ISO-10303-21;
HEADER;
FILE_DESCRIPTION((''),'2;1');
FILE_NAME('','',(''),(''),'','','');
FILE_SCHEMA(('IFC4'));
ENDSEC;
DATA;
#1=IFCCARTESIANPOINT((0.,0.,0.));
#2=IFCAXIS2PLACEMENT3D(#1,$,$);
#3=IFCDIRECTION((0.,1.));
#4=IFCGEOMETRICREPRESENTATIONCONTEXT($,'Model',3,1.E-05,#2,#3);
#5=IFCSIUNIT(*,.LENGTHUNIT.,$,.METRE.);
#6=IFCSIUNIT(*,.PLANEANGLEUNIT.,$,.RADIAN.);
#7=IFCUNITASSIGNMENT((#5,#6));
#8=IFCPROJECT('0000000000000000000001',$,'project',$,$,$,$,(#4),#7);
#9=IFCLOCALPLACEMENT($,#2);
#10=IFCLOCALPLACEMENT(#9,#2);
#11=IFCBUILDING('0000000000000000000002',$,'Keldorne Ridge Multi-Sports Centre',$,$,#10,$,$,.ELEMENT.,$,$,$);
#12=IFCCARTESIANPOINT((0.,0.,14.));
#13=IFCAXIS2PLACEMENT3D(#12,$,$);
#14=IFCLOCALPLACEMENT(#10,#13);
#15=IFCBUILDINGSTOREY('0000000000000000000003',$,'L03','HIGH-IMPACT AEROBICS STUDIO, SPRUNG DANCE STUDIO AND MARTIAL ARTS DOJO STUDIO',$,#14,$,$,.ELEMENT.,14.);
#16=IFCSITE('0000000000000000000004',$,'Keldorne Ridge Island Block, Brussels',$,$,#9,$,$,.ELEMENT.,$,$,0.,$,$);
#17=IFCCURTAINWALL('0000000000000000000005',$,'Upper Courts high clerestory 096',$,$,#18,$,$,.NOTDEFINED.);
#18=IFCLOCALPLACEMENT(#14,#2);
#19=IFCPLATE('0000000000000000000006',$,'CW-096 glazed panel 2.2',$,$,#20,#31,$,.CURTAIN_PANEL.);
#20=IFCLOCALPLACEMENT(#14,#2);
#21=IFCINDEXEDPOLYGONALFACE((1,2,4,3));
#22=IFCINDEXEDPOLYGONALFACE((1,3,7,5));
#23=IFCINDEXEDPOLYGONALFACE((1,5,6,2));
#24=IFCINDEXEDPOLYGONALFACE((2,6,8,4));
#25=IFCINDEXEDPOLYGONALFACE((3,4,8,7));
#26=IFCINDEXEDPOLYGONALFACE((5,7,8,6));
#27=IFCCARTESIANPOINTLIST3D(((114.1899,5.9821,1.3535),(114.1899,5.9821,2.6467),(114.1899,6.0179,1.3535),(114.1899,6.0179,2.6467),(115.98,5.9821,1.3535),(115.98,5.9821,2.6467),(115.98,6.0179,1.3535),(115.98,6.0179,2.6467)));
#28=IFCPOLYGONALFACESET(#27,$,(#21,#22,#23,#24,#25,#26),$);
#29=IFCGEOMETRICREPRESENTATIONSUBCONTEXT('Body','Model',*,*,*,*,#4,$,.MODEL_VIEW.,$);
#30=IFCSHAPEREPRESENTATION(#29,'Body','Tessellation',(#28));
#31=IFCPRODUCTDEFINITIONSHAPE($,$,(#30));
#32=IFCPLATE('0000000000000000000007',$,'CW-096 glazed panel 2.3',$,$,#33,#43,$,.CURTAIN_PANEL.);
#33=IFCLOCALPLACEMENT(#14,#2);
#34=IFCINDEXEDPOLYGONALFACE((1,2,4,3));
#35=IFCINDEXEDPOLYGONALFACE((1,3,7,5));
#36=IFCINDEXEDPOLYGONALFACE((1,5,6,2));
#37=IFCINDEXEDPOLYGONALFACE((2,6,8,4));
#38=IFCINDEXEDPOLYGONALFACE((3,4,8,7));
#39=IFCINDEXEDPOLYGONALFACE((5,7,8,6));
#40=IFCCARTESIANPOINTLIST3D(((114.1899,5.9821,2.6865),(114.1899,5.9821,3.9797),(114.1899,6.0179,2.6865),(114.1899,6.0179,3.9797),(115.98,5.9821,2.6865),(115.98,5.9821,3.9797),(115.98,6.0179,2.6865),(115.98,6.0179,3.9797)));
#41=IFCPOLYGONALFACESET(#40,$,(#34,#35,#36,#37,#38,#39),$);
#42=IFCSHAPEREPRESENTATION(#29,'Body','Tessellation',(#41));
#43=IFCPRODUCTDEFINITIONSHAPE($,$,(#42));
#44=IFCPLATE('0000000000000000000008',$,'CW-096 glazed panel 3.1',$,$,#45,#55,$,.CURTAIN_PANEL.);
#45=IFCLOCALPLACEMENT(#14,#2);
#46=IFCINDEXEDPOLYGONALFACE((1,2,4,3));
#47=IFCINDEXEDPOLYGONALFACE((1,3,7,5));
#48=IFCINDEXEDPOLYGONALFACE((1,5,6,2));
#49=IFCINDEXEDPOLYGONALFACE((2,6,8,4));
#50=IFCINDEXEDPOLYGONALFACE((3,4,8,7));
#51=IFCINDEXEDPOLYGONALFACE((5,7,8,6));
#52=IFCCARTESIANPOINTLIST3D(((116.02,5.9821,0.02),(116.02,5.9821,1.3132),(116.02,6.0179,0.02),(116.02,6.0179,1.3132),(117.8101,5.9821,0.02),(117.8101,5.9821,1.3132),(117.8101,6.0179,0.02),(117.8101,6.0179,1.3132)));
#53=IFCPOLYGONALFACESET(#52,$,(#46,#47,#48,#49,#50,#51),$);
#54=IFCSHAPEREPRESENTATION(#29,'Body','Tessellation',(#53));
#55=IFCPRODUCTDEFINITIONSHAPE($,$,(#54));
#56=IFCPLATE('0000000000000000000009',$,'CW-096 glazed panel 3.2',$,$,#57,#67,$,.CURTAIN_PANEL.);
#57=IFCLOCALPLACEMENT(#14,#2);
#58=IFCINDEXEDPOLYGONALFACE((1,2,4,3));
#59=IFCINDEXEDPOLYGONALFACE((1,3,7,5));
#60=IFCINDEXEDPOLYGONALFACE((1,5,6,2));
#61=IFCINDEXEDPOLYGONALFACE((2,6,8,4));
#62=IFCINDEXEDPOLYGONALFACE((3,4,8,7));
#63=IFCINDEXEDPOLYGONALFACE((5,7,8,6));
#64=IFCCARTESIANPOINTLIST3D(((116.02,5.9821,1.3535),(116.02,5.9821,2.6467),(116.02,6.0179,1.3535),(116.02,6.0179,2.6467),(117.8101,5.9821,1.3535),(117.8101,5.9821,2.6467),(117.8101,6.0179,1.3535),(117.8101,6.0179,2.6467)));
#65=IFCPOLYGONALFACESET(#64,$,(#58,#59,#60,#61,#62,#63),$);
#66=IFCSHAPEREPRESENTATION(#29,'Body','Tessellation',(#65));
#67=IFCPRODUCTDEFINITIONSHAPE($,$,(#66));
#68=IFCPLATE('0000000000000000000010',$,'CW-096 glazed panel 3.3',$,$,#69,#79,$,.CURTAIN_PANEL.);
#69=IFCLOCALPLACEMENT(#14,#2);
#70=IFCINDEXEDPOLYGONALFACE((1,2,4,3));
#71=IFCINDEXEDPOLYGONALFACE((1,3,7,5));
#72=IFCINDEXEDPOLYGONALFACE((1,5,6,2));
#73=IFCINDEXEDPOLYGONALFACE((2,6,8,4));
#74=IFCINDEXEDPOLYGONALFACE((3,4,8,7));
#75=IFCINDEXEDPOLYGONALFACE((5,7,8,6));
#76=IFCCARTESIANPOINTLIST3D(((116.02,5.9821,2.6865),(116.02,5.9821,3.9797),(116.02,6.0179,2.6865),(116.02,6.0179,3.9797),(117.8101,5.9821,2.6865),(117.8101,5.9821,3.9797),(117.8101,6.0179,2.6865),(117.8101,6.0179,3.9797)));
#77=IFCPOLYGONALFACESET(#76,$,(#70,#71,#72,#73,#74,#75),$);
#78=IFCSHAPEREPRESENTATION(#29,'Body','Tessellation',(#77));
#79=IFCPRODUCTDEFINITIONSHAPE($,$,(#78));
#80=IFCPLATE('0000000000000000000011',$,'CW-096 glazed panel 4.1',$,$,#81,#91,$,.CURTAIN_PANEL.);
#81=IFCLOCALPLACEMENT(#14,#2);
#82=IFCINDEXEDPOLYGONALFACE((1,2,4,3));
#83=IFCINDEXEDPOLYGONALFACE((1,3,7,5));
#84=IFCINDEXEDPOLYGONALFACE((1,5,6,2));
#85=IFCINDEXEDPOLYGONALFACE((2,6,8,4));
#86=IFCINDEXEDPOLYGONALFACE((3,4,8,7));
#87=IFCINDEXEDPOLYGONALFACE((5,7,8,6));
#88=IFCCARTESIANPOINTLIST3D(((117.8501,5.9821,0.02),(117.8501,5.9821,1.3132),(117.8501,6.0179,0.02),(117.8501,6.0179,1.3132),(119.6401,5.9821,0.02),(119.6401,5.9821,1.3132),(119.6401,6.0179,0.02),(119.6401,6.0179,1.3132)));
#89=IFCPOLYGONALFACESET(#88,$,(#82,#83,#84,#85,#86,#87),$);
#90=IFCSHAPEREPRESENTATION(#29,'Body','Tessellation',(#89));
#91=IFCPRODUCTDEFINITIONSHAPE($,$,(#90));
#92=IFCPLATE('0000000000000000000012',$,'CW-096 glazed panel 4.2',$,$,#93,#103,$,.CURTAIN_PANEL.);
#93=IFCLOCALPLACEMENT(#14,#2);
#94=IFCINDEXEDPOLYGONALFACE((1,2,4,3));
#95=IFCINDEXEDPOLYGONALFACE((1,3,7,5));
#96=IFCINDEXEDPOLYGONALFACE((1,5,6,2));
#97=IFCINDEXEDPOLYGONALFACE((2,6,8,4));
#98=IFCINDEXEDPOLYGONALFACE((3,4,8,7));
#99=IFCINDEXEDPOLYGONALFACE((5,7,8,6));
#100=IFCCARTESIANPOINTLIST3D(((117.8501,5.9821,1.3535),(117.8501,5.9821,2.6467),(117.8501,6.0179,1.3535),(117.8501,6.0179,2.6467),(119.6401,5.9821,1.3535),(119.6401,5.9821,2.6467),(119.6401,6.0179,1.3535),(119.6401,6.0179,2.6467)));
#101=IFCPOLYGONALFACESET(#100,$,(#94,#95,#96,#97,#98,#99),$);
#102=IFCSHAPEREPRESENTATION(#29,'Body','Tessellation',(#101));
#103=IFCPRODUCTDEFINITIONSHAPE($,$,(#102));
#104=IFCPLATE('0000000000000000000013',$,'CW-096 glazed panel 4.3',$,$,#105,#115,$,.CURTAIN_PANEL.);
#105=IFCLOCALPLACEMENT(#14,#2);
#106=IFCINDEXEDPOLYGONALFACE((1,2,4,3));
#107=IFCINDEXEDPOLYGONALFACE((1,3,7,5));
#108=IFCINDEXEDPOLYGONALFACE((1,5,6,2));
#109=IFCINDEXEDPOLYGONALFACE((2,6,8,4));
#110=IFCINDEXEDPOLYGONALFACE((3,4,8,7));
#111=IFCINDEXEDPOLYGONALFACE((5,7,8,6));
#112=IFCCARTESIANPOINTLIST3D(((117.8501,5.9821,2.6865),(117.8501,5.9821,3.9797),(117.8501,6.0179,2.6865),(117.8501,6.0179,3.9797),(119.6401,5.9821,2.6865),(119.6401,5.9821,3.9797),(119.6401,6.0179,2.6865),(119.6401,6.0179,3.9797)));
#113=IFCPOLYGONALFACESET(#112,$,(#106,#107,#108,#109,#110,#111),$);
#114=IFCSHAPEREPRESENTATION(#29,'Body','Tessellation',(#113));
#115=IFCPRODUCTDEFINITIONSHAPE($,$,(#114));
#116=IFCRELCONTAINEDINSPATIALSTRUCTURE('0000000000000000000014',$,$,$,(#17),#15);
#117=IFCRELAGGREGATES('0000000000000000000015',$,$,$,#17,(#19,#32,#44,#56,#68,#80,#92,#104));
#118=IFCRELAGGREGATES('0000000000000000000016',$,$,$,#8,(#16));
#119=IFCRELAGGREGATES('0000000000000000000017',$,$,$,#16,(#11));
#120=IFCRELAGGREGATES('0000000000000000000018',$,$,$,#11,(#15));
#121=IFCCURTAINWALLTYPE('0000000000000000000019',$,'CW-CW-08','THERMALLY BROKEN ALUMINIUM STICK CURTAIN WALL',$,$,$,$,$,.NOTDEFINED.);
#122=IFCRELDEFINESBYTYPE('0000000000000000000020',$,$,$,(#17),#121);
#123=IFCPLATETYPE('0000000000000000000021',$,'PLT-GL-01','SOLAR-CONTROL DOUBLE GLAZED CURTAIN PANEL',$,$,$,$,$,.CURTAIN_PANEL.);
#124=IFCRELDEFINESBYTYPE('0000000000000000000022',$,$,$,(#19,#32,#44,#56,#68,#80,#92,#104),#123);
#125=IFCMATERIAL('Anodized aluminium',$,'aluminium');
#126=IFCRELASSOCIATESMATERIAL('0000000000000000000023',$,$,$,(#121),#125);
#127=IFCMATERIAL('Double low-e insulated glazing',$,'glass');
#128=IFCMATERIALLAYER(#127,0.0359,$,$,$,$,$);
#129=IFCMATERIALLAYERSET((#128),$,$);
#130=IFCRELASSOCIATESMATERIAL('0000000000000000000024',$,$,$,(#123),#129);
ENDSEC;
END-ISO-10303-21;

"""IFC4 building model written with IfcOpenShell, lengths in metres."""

from ifc_helpers import new_model, si_unit, direction, frame, origin, origin_2d, place, context, subcontext, project, spatial, rectangle, extrude, material, layer, layer_set, type_object, element, aggregate, save


model = new_model("IFC4")

# Units and contexts
model_context = context("Model", 3, precision=1e-05, world=origin(), true_north=direction((0.0, 1.0)))
body_context = subcontext(model_context, "Body", "Model", "MODEL_VIEW")
ifc_project = project(units=[si_unit("LENGTHUNIT", "METRE"), si_unit("PLANEANGLEUNIT", "RADIAN")], contexts=[model_context])

# Site, building, storey
site_placement = place(None, origin())
site = spatial("IfcSite", under=ifc_project, at=site_placement, Name="Keldorne Ridge Island Block, Brussels", CompositionType="ELEMENT", RefElevation=0.0)
building_placement = place(site_placement, origin())
building = spatial("IfcBuilding", under=site, at=building_placement, Name="Keldorne Ridge Multi-Sports Centre", CompositionType="ELEMENT")
storey_placement = place(building_placement, frame((0.0, 0.0, 14.0)))
storey = spatial("IfcBuildingStorey", under=building, at=storey_placement, Name="L03", Description="HIGH-IMPACT AEROBICS STUDIO, SPRUNG DANCE STUDIO AND MARTIAL ARTS DOJO STUDIO", CompositionType="ELEMENT", Elevation=14.0)

# Curtain wall
ifc_material_1 = material(Name="Anodized aluminium", Category="aluminium")
curtain_wall_type = type_object("IfcCurtainWallType", Name="CW-CW-08", Description="THERMALLY BROKEN ALUMINIUM STICK CURTAIN WALL", PredefinedType="NOTDEFINED", material=ifc_material_1)
curtain_wall_placement = place(storey_placement, origin())
curtain_wall = element("IfcCurtainWall", 1, at=curtain_wall_placement, inside=storey, type_object=curtain_wall_type, Name="Upper Courts high clerestory 096", PredefinedType="NOTDEFINED")

# Plates
ifc_material_2 = material(Name="Double low-e insulated glazing", Category="glass")
ifc_layer = layer(ifc_material_2, 0.0359)
ifc_layer_set = layer_set([ifc_layer])
plate_type = type_object("IfcPlateType", Name="PLT-GL-01", Description="SOLAR-CONTROL DOUBLE GLAZED CURTAIN PANEL", PredefinedType="CURTAIN_PANEL", material=ifc_layer_set)
plate_1_placement = place(storey_placement, frame((115.085, 6.0, 1.3535), z_axis=(0.0, 0.0, 1.0), x_axis=(1.0, 0.0, 0.0)))
plate_1 = element("IfcPlate", 2, at=plate_1_placement, type_object=plate_type, Name="CW-096 glazed panel 2.2", PredefinedType="CURTAIN_PANEL", context=body_context, shape_type="SweptSolid", body=[
    extrude(rectangle(XDim=1.79, YDim=0.0359, at=origin_2d()), origin(), (0.0, 0.0, 1.0), 1.2932),
])
plate_2_placement = place(storey_placement, frame((115.085, 6.0, 2.6865), z_axis=(0.0, 0.0, 1.0), x_axis=(1.0, 0.0, 0.0)))
plate_2 = element("IfcPlate", 3, at=plate_2_placement, type_object=plate_type, Name="CW-096 glazed panel 2.3", PredefinedType="CURTAIN_PANEL", context=body_context, shape_type="SweptSolid", body=[
    extrude(rectangle(XDim=1.79, YDim=0.0359, at=origin_2d()), origin(), (0.0, 0.0, 1.0), 1.2932),
])
plate_3_placement = place(storey_placement, frame((116.915, 6.0, 0.02), z_axis=(0.0, 0.0, 1.0), x_axis=(1.0, 0.0, 0.0)))
plate_3 = element("IfcPlate", 4, at=plate_3_placement, type_object=plate_type, Name="CW-096 glazed panel 3.1", PredefinedType="CURTAIN_PANEL", context=body_context, shape_type="SweptSolid", body=[
    extrude(rectangle(XDim=1.79, YDim=0.0359, at=origin_2d()), origin(), (0.0, 0.0, 1.0), 1.2932),
])
plate_4_placement = place(storey_placement, frame((116.915, 6.0, 1.3535), z_axis=(0.0, 0.0, 1.0), x_axis=(1.0, 0.0, 0.0)))
plate_4 = element("IfcPlate", 5, at=plate_4_placement, type_object=plate_type, Name="CW-096 glazed panel 3.2", PredefinedType="CURTAIN_PANEL", context=body_context, shape_type="SweptSolid", body=[
    extrude(rectangle(XDim=1.79, YDim=0.0359, at=origin_2d()), origin(), (0.0, 0.0, 1.0), 1.2932),
])
plate_5_placement = place(storey_placement, frame((116.915, 6.0, 2.6865), z_axis=(0.0, 0.0, 1.0), x_axis=(1.0, 0.0, 0.0)))
plate_5 = element("IfcPlate", 6, at=plate_5_placement, type_object=plate_type, Name="CW-096 glazed panel 3.3", PredefinedType="CURTAIN_PANEL", context=body_context, shape_type="SweptSolid", body=[
    extrude(rectangle(XDim=1.79, YDim=0.0359, at=origin_2d()), origin(), (0.0, 0.0, 1.0), 1.2932),
])
plate_6_placement = place(storey_placement, frame((118.7451, 6.0, 0.02), z_axis=(0.0, 0.0, 1.0), x_axis=(1.0, 0.0, 0.0)))
plate_6 = element("IfcPlate", 7, at=plate_6_placement, type_object=plate_type, Name="CW-096 glazed panel 4.1", PredefinedType="CURTAIN_PANEL", context=body_context, shape_type="SweptSolid", body=[
    extrude(rectangle(XDim=1.79, YDim=0.0359, at=origin_2d()), origin(), (0.0, 0.0, 1.0), 1.2932),
])
plate_7_placement = place(storey_placement, frame((118.7451, 6.0, 1.3535), z_axis=(0.0, 0.0, 1.0), x_axis=(1.0, 0.0, 0.0)))
plate_7 = element("IfcPlate", 8, at=plate_7_placement, type_object=plate_type, Name="CW-096 glazed panel 4.2", PredefinedType="CURTAIN_PANEL", context=body_context, shape_type="SweptSolid", body=[
    extrude(rectangle(XDim=1.79, YDim=0.0359, at=origin_2d()), origin(), (0.0, 0.0, 1.0), 1.2932),
])
plate_8_placement = place(storey_placement, frame((118.7451, 6.0, 2.6865), z_axis=(0.0, 0.0, 1.0), x_axis=(1.0, 0.0, 0.0)))
plate_8 = element("IfcPlate", 9, at=plate_8_placement, type_object=plate_type, Name="CW-096 glazed panel 4.3", PredefinedType="CURTAIN_PANEL", context=body_context, shape_type="SweptSolid", body=[
    extrude(rectangle(XDim=1.79, YDim=0.0359, at=origin_2d()), origin(), (0.0, 0.0, 1.0), 1.2932),
])
aggregate(curtain_wall, [plate_1, plate_2, plate_3, plate_4, plate_5, plate_6, plate_7, plate_8])

save(model, "model.ifc")
